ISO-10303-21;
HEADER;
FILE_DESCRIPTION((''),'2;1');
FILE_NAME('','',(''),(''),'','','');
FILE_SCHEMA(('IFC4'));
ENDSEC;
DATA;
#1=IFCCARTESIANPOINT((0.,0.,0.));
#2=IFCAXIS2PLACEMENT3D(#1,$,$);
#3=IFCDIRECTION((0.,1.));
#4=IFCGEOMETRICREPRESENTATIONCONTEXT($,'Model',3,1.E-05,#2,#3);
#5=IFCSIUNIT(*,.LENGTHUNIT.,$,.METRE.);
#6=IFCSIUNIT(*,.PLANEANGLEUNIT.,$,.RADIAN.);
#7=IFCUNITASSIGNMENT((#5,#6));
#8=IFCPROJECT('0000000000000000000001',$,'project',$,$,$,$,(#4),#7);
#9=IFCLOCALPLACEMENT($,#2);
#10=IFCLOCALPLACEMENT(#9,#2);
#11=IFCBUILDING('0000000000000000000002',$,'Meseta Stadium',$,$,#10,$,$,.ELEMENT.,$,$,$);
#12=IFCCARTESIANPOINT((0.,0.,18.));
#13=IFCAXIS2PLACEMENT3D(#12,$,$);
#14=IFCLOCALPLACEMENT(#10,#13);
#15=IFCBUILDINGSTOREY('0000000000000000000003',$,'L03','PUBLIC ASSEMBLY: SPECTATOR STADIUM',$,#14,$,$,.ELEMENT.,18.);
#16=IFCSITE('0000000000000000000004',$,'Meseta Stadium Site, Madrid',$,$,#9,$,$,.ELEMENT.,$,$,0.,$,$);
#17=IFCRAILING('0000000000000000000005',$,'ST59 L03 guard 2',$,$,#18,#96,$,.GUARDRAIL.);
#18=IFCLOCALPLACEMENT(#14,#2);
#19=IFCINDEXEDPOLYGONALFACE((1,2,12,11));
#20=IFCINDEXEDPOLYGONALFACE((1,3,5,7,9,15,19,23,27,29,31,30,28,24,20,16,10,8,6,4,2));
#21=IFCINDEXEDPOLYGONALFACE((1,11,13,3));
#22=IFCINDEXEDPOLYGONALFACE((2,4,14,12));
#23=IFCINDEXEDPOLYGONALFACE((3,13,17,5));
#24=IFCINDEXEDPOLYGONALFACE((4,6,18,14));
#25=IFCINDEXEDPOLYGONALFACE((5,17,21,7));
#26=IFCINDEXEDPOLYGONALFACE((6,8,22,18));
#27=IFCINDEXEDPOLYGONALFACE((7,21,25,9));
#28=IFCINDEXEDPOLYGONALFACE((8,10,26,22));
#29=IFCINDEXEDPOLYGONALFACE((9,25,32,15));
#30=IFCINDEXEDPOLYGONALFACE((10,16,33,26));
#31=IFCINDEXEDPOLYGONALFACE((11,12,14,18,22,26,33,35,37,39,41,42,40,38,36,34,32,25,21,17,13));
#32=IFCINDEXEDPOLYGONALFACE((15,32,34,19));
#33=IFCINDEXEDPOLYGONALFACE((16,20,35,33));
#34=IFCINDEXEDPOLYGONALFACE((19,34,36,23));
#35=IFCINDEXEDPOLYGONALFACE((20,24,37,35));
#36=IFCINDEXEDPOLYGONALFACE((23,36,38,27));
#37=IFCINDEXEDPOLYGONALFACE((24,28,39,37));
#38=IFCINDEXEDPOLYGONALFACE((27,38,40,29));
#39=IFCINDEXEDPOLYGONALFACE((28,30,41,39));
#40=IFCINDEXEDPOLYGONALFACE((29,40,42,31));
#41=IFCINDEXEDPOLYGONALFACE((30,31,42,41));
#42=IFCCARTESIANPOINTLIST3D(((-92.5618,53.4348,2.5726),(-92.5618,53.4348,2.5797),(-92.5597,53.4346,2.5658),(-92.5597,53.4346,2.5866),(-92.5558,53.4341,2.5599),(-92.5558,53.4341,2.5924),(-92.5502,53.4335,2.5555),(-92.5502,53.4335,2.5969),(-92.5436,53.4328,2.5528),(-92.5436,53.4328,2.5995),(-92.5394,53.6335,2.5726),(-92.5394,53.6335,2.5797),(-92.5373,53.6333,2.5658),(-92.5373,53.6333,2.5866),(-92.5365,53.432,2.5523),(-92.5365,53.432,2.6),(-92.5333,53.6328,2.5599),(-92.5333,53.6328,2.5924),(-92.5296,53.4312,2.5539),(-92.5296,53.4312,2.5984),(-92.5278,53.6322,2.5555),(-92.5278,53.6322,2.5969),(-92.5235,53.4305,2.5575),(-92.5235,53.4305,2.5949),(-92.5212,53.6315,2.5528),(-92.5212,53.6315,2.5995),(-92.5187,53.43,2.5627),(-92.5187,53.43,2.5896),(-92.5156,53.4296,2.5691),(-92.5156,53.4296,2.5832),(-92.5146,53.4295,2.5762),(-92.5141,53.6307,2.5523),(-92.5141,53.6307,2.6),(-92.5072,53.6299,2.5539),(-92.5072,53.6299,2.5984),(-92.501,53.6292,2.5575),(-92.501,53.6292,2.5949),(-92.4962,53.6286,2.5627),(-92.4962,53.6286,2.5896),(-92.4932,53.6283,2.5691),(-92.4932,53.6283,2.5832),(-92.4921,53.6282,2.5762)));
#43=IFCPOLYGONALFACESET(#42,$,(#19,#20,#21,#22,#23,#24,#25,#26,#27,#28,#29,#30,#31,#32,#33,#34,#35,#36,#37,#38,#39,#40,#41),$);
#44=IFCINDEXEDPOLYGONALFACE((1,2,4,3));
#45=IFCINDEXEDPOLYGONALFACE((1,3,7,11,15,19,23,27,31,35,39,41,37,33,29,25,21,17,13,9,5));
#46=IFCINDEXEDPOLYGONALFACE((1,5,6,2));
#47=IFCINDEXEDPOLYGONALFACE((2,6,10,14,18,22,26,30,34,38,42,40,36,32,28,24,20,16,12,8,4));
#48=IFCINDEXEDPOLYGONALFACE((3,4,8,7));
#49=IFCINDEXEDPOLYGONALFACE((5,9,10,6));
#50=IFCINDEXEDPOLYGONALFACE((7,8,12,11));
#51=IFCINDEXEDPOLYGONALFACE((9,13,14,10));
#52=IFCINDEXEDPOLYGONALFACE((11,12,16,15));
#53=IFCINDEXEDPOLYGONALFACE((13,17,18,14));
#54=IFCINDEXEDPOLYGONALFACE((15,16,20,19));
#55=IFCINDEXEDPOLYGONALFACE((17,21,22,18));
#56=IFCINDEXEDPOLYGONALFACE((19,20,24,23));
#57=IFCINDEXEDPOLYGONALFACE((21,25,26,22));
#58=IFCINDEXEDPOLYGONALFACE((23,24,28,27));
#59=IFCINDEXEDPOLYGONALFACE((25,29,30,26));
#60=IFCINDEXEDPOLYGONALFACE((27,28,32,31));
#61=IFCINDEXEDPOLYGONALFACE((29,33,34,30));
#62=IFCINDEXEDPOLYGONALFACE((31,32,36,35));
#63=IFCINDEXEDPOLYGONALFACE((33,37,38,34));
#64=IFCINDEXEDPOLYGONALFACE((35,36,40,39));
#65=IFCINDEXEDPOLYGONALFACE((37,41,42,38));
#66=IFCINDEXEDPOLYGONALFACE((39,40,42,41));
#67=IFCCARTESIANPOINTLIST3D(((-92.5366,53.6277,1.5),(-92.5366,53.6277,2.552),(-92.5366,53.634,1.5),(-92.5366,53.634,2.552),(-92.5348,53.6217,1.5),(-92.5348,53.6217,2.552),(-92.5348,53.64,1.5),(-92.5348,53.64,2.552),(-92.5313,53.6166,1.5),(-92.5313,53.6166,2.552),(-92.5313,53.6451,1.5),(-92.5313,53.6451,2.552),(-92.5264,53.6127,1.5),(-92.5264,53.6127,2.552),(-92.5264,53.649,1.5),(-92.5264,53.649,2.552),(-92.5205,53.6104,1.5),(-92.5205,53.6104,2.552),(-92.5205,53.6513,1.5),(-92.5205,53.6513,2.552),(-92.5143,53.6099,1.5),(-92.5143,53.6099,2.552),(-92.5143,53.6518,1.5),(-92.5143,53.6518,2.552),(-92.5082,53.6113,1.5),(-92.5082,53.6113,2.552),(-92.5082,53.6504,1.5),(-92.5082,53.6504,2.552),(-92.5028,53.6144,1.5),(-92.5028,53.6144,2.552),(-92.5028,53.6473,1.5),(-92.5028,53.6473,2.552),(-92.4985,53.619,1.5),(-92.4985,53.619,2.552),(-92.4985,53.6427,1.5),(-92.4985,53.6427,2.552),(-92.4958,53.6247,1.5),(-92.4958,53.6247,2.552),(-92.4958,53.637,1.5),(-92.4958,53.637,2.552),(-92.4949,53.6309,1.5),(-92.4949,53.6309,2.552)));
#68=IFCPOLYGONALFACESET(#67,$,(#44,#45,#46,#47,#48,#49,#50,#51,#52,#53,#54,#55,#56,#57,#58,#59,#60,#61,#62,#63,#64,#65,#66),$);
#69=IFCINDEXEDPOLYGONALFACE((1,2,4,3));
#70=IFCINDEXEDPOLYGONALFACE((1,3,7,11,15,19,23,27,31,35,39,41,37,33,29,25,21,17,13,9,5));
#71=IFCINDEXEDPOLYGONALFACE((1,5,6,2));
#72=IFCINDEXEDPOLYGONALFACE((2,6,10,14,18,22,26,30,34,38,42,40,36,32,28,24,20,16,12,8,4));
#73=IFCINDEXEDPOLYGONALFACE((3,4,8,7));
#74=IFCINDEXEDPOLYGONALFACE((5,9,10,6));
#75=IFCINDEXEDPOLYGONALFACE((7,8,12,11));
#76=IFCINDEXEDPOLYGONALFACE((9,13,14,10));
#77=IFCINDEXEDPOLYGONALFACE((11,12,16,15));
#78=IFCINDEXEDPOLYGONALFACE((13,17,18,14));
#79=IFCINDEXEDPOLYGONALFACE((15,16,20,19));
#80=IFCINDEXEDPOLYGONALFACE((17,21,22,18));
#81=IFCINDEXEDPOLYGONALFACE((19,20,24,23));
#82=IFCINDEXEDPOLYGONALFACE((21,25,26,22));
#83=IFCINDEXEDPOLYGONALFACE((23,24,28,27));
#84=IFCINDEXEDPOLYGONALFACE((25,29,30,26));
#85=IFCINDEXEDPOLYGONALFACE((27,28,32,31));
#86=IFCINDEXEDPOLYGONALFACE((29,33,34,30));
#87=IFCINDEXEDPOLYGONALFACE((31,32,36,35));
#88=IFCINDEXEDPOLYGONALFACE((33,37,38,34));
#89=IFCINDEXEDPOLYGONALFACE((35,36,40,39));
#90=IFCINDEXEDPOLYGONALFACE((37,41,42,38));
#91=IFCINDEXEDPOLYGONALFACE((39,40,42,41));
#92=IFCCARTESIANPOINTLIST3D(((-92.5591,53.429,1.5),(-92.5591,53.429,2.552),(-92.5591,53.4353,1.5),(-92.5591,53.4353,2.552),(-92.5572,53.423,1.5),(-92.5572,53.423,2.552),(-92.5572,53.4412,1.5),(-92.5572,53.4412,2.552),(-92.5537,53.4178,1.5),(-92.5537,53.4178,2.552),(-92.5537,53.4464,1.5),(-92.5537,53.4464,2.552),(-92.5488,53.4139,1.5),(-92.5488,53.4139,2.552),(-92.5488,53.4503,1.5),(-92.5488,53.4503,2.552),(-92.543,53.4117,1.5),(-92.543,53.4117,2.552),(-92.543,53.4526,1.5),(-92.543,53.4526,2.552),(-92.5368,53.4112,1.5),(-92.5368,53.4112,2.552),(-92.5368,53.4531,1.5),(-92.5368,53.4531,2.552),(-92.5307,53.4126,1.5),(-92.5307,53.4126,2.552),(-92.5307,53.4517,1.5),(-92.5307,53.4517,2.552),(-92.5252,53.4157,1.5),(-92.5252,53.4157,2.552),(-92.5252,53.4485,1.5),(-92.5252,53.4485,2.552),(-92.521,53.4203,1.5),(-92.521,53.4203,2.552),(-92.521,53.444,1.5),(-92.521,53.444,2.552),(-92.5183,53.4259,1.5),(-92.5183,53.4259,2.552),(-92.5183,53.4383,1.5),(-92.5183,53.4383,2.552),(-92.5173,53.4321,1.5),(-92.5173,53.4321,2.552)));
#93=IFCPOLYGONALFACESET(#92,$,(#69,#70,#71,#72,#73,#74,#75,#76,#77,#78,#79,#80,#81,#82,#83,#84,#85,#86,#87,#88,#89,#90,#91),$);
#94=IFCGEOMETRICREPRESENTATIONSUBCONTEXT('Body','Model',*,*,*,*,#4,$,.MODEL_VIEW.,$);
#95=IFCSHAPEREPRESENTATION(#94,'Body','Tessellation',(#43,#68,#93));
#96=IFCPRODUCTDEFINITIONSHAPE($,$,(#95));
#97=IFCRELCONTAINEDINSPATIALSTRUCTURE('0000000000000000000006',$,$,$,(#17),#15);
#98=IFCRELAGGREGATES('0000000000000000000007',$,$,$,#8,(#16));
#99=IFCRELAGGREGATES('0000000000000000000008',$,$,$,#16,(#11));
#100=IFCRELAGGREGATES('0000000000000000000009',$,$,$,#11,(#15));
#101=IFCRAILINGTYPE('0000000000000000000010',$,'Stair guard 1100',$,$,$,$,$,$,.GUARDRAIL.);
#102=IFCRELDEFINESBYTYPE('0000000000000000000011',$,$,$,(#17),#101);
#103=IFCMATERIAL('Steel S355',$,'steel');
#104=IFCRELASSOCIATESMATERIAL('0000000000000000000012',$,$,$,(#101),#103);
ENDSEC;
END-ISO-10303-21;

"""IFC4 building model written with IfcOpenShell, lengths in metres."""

from ifc_helpers import new_model, si_unit, direction, frame, origin, origin_2d, place, context, subcontext, project, spatial, circle, extrude, material, type_object, element, save


model = new_model("IFC4")

# Units and contexts
model_context = context("Model", 3, precision=1e-05, world=origin(), true_north=direction((0.0, 1.0)))
body_context = subcontext(model_context, "Body", "Model", "MODEL_VIEW")
ifc_project = project(units=[si_unit("LENGTHUNIT", "METRE"), si_unit("PLANEANGLEUNIT", "RADIAN")], contexts=[model_context])

# Site, building, storey
site_placement = place(None, origin())
site = spatial("IfcSite", under=ifc_project, at=site_placement, Name="Meseta Stadium Site, Madrid", CompositionType="ELEMENT", RefElevation=0.0)
building_placement = place(site_placement, origin())
building = spatial("IfcBuilding", under=site, at=building_placement, Name="Meseta Stadium", CompositionType="ELEMENT")
storey_placement = place(building_placement, frame((0.0, 0.0, 18.0)))
storey = spatial("IfcBuildingStorey", under=building, at=storey_placement, Name="L03", Description="PUBLIC ASSEMBLY: SPECTATOR STADIUM", CompositionType="ELEMENT", Elevation=18.0)

# Railing
ifc_material_1 = material(Name="Steel S355", Category="steel")
railing_type_1 = type_object("IfcRailingType", Name="Stair guard 1100", PredefinedType="GUARDRAIL", material=ifc_material_1)
railing_1_placement = place(storey_placement, frame((-92.5159, 53.6309, 1.5)))
element("IfcRailing", 1, at=railing_1_placement, inside=storey, type_object=railing_type_1, Name="ST59 L03 guard 2", PredefinedType="GUARDRAIL", context=body_context, shape_type="SweptSolid", body=[
    extrude(circle(Radius=0.0239, at=origin_2d()), frame((0.0, 0.0, 1.0762), z_axis=(-0.112307, -0.993674, 0.0), x_axis=(0.993674, -0.112307, 0.0)), (0.0, 0.0, 1.0), 0.2),
    extrude(circle(Radius=0.021, at=origin_2d()), origin(), (0.0, 0.0, 1.0), 1.052),
    extrude(circle(Radius=0.021, at=origin_2d()), frame((-0.0225, -0.1987, 0.0)), (0.0, 0.0, 1.0), 1.052),
])

save(model, "model.ifc")
